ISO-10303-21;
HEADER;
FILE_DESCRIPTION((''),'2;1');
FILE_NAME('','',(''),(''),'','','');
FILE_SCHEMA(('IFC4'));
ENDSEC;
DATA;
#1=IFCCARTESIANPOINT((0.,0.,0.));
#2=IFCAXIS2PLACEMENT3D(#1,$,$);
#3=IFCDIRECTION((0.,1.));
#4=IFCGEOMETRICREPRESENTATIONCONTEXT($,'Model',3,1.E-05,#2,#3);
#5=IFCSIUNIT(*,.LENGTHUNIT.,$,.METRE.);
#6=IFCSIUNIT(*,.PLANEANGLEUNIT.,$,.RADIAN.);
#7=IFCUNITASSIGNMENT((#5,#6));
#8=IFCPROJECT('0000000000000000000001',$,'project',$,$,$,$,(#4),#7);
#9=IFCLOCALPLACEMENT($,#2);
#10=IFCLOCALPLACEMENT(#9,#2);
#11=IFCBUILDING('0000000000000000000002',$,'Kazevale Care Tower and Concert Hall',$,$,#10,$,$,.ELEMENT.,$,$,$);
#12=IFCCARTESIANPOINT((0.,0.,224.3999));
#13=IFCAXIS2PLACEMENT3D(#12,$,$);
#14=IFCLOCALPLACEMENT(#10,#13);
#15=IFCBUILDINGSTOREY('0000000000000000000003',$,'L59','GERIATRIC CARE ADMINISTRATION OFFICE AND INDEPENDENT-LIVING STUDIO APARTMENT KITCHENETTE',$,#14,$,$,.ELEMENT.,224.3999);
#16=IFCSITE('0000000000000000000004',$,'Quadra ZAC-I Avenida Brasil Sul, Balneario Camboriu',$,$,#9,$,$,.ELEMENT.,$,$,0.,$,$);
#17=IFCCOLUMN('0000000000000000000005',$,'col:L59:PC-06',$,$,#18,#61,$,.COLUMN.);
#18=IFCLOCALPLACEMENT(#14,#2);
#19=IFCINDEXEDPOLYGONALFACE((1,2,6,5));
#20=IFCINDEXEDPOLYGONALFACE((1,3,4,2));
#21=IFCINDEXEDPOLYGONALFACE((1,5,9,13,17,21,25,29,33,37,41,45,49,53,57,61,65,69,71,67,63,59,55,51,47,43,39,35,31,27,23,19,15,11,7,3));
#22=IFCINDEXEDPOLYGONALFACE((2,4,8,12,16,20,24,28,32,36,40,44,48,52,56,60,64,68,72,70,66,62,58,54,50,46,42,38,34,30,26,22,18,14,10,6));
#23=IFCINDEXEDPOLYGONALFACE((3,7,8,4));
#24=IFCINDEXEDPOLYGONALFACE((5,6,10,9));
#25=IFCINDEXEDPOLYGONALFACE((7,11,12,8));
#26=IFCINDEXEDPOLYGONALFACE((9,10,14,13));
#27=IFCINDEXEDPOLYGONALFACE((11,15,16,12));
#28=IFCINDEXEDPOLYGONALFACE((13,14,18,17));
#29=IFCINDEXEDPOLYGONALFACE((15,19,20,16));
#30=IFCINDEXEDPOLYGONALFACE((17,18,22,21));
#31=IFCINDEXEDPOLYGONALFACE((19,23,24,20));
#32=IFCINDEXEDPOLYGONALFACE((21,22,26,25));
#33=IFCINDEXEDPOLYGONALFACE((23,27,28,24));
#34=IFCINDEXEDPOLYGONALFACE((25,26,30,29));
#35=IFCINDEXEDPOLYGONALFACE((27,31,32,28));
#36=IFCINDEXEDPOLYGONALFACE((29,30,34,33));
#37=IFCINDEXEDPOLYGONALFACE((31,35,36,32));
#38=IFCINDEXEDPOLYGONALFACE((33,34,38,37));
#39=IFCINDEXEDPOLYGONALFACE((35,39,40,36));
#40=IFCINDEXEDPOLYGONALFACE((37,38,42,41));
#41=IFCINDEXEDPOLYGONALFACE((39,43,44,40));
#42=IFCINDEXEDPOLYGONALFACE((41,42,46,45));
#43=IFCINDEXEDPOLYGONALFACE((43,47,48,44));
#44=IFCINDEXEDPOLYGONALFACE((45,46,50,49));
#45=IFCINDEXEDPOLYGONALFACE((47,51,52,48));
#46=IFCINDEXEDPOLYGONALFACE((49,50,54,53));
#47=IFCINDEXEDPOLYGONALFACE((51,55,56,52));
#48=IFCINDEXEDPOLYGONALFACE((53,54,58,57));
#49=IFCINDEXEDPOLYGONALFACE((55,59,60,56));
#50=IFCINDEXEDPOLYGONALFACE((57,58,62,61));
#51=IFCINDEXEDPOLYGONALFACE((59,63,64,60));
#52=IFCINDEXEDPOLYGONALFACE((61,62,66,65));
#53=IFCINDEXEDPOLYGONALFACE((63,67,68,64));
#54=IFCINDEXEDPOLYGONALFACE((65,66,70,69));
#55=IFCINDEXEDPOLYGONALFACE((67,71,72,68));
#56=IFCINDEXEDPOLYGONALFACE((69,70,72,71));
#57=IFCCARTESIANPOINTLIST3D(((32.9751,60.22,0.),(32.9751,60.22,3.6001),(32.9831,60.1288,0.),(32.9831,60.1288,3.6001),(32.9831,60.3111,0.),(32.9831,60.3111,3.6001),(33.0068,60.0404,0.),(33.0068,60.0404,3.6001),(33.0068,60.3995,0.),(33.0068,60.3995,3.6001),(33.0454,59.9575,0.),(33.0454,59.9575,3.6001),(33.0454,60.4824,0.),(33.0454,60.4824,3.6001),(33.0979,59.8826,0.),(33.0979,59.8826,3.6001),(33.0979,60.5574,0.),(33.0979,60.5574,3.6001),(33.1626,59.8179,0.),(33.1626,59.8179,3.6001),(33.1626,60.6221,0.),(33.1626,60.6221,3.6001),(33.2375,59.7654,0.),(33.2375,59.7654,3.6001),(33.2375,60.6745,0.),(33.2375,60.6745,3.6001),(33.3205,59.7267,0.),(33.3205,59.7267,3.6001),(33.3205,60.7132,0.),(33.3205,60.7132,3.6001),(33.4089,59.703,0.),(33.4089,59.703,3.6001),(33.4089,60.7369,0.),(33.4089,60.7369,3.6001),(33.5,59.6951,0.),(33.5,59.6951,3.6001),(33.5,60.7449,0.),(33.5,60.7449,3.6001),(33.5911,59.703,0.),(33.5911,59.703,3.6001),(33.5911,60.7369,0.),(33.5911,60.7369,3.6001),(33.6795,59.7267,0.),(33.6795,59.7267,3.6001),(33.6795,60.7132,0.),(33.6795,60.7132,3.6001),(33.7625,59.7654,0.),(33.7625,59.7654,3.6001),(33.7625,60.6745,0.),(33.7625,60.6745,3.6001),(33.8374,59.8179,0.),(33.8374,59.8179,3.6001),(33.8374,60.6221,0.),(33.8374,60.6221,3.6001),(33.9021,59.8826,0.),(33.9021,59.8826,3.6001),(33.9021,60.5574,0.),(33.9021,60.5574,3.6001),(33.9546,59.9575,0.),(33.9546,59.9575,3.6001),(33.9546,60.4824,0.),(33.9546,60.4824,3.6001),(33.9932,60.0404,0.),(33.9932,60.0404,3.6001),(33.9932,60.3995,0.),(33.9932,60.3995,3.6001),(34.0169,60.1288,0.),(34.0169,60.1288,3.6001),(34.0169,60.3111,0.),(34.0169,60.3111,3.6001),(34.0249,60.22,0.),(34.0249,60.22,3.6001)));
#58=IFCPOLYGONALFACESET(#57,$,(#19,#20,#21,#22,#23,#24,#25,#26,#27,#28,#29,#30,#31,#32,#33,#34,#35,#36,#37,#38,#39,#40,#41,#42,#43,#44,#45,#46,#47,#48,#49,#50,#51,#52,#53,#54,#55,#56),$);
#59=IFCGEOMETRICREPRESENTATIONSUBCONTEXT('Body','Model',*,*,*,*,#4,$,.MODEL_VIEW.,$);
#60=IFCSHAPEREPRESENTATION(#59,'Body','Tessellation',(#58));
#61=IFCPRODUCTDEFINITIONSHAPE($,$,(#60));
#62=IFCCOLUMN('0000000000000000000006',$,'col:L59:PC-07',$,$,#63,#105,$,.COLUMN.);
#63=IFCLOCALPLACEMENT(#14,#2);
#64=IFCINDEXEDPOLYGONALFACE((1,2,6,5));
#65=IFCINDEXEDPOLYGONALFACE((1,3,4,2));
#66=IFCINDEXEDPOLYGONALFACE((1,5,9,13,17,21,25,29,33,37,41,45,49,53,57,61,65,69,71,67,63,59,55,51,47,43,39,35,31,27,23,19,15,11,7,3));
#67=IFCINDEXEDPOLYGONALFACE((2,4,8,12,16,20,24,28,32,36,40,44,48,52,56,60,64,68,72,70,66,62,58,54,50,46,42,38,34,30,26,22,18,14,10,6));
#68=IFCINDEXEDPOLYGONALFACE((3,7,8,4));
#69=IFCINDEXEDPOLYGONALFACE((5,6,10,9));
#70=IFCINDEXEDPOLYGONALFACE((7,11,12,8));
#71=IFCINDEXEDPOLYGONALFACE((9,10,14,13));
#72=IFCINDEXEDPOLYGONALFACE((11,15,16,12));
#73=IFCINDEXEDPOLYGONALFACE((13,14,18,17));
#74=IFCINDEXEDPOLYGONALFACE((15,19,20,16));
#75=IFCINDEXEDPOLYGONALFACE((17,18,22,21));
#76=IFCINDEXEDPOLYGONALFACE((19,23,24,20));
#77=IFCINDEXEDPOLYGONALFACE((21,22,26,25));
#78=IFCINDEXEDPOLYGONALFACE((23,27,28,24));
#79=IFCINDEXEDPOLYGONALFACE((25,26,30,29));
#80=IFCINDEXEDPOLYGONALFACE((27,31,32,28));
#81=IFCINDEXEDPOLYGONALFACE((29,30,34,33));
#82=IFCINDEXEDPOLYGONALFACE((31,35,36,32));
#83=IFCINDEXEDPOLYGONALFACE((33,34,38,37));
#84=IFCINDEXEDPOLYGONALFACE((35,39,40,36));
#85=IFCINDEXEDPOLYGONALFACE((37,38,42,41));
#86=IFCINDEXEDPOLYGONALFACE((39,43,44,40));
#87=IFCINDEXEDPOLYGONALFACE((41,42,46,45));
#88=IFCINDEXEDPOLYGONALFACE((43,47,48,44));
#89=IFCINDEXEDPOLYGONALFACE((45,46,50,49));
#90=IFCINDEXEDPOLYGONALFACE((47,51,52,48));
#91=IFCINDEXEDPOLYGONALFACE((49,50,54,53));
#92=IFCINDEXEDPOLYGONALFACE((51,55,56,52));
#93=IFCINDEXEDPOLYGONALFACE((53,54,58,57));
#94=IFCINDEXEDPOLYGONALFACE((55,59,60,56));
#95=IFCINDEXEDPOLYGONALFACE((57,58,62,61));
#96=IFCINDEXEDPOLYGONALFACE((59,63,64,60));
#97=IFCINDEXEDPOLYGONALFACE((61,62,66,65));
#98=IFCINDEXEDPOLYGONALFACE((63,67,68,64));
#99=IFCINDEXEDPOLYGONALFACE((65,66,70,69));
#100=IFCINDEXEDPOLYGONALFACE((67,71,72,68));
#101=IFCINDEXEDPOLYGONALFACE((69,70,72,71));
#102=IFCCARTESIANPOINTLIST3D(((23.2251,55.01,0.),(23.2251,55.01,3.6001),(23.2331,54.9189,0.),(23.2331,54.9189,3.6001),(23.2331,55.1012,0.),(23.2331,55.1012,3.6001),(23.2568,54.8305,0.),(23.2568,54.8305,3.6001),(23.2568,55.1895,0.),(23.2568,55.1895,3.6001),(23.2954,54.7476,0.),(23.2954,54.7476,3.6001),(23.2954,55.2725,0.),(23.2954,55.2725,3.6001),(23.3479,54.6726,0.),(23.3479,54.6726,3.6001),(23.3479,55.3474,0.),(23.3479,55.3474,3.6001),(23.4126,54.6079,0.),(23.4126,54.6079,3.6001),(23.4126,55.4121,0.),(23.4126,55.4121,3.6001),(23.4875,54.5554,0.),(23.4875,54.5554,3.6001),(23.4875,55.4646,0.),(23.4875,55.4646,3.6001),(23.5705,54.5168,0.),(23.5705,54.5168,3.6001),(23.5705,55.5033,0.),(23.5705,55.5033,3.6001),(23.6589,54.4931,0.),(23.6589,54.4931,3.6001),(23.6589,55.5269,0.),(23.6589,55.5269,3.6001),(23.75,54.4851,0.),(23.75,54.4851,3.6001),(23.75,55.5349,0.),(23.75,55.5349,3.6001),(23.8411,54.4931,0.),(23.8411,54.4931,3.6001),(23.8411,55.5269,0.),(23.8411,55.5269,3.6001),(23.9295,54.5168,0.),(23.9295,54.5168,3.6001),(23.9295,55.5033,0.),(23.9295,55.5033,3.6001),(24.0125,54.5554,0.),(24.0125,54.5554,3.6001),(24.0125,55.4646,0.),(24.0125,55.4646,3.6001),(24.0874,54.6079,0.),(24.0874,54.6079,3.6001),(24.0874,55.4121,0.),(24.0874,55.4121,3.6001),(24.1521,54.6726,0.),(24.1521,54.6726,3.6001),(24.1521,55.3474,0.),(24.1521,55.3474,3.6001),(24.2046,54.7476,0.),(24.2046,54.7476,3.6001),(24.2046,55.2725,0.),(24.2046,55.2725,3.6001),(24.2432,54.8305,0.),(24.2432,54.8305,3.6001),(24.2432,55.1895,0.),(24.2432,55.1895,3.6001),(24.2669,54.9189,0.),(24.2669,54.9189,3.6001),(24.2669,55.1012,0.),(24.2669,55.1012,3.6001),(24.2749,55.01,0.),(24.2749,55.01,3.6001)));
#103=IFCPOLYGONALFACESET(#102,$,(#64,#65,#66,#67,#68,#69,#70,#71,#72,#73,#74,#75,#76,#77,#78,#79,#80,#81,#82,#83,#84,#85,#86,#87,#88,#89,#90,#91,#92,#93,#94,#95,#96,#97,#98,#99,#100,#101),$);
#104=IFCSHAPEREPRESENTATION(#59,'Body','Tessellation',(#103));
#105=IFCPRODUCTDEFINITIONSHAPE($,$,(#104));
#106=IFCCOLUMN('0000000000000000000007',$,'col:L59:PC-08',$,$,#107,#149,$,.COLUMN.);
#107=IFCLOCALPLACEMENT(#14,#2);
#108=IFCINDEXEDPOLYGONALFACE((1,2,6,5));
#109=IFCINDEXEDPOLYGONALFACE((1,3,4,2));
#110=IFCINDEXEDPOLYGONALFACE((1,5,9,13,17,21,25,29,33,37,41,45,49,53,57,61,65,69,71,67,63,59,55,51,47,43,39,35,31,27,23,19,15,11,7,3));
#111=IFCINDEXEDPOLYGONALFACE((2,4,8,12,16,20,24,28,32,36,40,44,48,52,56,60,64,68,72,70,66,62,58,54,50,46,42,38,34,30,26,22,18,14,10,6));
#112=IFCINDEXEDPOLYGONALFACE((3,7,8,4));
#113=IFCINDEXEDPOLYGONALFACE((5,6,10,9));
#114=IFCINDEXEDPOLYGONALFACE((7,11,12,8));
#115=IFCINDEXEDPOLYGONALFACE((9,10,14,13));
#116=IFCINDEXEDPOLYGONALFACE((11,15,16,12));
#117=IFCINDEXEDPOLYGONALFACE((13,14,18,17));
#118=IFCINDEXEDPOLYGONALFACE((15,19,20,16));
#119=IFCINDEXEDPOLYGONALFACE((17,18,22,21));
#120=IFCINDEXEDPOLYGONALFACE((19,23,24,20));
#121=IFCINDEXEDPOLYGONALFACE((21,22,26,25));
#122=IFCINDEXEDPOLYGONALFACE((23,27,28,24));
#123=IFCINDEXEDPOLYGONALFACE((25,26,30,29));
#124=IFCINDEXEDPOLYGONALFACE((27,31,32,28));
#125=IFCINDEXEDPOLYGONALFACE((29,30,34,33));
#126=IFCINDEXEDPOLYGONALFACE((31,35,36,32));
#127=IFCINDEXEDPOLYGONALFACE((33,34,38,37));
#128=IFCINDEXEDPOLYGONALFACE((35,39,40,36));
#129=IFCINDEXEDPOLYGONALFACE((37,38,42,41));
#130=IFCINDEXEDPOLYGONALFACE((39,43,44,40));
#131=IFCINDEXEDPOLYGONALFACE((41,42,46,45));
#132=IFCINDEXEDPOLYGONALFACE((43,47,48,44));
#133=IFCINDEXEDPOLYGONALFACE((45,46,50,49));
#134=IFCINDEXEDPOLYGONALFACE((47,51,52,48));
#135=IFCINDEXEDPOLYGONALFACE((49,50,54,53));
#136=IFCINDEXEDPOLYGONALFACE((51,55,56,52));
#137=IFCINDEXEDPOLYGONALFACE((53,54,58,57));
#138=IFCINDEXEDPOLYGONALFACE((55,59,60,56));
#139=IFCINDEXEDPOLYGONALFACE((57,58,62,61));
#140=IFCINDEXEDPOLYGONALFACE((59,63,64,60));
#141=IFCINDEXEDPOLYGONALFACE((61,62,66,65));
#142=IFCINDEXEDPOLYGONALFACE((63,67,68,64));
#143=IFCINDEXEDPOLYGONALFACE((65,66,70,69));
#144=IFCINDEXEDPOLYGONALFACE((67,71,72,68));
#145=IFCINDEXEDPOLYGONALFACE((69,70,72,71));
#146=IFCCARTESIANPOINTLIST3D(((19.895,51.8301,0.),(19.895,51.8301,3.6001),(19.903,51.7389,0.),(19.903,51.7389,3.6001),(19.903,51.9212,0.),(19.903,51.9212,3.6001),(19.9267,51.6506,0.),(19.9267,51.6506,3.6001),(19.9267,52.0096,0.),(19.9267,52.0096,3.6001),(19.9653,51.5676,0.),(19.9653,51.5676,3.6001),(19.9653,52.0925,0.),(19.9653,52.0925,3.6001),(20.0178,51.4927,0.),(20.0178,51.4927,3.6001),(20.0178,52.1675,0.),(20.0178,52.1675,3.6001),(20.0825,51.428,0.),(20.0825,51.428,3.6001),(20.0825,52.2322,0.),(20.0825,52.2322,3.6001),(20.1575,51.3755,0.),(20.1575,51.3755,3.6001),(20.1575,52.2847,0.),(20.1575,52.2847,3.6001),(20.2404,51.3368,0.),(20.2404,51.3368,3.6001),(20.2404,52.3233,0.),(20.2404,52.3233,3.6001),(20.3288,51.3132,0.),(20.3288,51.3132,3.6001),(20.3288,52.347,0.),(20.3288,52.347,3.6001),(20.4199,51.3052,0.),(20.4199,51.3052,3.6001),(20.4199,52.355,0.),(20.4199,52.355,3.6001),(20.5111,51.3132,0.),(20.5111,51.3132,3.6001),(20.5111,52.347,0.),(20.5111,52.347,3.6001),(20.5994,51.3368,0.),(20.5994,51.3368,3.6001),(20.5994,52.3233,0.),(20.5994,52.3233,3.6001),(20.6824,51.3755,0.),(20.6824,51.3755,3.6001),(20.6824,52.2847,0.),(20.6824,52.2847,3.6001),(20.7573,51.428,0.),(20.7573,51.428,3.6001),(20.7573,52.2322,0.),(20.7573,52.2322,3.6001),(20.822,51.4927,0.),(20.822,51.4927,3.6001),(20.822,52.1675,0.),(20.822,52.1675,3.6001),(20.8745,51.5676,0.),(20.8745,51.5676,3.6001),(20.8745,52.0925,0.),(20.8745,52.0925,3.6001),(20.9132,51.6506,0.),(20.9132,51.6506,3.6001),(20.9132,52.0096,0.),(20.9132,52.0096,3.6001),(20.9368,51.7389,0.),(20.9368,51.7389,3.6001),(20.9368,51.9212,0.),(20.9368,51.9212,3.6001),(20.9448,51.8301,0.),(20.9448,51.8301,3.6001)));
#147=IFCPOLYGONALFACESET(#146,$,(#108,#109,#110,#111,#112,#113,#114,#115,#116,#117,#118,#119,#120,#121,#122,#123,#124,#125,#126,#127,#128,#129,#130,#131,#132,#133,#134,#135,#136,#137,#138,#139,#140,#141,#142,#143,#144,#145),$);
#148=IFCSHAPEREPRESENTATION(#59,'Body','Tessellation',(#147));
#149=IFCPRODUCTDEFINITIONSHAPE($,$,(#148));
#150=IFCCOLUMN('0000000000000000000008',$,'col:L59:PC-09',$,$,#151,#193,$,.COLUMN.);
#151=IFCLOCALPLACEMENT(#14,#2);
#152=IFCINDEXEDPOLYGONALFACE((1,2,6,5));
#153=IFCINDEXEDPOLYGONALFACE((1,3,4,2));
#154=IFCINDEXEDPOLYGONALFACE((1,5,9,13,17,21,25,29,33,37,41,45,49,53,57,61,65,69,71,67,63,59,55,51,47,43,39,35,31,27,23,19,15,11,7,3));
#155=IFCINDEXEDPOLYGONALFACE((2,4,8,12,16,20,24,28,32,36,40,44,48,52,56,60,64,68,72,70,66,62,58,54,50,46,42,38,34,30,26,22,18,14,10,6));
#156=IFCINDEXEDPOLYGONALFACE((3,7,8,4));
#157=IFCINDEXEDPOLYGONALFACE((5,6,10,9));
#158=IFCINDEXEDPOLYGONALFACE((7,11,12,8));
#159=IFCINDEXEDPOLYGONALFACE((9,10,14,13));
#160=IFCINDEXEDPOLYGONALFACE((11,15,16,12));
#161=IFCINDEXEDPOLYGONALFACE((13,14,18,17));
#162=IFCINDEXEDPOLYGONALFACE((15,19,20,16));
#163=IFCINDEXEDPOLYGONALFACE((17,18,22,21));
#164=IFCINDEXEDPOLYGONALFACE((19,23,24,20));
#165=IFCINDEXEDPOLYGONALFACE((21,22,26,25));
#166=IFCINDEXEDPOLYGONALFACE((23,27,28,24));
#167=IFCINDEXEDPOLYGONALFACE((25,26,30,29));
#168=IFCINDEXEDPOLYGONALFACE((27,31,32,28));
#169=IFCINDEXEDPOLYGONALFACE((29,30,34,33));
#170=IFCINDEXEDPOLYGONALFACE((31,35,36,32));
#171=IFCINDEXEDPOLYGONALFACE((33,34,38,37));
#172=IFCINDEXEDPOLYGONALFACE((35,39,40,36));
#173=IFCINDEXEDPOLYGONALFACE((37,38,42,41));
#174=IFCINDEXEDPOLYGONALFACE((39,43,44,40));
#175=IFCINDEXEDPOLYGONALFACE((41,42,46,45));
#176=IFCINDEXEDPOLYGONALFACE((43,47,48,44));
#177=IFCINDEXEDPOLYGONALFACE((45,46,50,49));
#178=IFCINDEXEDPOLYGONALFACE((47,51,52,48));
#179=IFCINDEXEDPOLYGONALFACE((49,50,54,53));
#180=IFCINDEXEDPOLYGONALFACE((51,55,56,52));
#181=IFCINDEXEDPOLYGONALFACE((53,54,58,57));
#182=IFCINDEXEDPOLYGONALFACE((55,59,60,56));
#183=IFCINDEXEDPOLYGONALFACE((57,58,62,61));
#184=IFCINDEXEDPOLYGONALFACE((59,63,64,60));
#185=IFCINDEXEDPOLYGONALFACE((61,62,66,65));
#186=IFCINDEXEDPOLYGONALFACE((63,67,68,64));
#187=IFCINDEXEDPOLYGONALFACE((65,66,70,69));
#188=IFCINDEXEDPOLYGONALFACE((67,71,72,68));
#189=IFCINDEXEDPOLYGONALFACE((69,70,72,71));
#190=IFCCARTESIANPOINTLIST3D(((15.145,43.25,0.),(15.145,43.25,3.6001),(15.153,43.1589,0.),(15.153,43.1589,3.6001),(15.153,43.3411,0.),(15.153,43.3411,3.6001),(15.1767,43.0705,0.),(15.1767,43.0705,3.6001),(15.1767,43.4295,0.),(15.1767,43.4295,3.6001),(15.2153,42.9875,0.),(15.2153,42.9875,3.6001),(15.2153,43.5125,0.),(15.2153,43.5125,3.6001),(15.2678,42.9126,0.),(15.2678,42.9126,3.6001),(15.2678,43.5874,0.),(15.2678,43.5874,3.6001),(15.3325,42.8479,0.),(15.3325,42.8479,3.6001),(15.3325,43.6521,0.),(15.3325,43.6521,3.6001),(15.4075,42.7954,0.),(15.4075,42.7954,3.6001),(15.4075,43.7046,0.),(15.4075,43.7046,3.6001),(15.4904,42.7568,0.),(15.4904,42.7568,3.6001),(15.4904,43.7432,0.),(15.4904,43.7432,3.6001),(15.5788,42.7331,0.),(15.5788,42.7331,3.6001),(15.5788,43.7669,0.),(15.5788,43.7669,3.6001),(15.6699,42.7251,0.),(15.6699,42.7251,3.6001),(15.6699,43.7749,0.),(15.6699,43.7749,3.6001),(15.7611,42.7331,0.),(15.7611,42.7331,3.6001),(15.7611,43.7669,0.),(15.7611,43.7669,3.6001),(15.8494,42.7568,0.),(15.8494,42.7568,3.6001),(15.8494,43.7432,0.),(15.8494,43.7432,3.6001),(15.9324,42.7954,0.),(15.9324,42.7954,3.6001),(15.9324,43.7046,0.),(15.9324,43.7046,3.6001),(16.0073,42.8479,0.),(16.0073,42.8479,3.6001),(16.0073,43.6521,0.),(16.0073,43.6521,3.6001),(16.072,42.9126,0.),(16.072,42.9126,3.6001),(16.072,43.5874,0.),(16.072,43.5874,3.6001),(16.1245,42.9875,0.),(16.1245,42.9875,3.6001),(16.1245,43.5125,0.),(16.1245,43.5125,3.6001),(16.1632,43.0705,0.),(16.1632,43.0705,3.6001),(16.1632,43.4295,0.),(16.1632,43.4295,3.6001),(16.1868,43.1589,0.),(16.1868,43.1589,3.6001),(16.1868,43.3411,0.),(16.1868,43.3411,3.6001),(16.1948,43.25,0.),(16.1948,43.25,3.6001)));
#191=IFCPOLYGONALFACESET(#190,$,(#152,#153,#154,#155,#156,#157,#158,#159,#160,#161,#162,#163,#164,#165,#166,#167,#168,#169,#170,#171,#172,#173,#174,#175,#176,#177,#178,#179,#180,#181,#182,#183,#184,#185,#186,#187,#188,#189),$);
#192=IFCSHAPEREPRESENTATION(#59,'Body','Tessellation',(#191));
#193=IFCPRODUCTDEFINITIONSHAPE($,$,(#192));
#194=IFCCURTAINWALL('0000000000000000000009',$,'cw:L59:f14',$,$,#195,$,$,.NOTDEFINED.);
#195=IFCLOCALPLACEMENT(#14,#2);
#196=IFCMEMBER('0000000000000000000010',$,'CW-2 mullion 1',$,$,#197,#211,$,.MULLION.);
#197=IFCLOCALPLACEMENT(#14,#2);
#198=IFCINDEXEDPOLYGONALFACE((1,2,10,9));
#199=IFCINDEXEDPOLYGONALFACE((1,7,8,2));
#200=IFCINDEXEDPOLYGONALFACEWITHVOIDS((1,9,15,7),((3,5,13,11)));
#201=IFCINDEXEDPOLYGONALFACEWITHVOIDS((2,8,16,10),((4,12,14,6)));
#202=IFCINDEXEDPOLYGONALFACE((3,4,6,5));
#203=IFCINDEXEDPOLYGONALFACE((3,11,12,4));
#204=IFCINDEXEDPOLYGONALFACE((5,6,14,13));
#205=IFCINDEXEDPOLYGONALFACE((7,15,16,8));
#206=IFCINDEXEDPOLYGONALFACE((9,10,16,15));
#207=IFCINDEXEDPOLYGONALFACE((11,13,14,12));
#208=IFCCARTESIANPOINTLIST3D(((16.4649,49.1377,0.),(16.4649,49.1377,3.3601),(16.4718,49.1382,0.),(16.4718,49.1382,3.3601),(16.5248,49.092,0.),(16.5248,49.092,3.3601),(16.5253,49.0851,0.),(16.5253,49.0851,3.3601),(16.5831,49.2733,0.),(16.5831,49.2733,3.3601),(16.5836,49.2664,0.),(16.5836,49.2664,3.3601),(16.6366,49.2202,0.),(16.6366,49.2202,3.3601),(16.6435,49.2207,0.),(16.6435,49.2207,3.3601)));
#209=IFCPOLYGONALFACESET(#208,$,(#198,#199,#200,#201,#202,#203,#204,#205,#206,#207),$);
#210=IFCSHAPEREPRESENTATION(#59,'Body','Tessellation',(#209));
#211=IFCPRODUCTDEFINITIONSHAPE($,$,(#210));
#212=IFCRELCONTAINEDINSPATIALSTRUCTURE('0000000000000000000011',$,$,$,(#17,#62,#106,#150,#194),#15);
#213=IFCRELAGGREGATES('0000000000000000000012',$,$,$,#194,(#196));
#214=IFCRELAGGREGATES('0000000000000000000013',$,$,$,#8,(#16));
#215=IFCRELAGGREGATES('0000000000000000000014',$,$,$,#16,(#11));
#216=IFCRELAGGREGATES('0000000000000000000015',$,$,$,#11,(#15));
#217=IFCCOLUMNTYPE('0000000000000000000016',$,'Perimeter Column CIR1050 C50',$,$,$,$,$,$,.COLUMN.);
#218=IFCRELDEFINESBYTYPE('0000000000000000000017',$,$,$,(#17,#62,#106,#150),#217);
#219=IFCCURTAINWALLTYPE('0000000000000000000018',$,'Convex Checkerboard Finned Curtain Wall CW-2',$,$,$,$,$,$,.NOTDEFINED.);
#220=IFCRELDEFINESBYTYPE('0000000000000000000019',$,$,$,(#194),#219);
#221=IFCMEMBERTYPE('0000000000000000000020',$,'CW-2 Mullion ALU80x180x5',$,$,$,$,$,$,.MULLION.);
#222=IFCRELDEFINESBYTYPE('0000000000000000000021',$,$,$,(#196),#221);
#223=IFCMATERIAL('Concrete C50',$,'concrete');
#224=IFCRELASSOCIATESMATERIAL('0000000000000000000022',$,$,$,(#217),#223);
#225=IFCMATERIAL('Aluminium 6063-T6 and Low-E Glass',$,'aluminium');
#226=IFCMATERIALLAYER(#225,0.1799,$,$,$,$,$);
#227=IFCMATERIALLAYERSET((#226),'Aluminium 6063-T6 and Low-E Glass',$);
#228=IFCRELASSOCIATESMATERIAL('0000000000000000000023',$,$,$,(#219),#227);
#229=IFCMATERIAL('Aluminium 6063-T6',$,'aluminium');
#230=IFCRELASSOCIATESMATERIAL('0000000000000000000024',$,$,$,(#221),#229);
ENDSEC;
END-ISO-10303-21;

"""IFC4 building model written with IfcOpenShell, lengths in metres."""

from ifc_helpers import new_model, si_unit, direction, frame, origin, origin_2d, place, context, subcontext, project, spatial, hollow_rectangle, circle, extrude, material, layer, layer_set, material_profile, profile_set, type_object, element, aggregate, save


model = new_model("IFC4")

# Units and contexts
model_context = context("Model", 3, precision=1e-05, world=origin(), true_north=direction((0.0, 1.0)))
body_context = subcontext(model_context, "Body", "Model", "MODEL_VIEW")
ifc_project = project(units=[si_unit("LENGTHUNIT", "METRE"), si_unit("PLANEANGLEUNIT", "RADIAN")], contexts=[model_context])

# Site, building, storey
site_placement = place(None, origin())
site = spatial("IfcSite", under=ifc_project, at=site_placement, Name="Quadra ZAC-I Avenida Brasil Sul, Balneario Camboriu", CompositionType="ELEMENT", RefElevation=0.0)
building_placement = place(site_placement, origin())
building = spatial("IfcBuilding", under=site, at=building_placement, Name="Kazevale Care Tower and Concert Hall", CompositionType="ELEMENT")
storey_placement = place(building_placement, frame((0.0, 0.0, 224.3999)))
storey = spatial("IfcBuildingStorey", under=building, at=storey_placement, Name="L59", Description="GERIATRIC CARE ADMINISTRATION OFFICE AND INDEPENDENT-LIVING STUDIO APARTMENT KITCHENETTE", CompositionType="ELEMENT", Elevation=224.3999)

# Columns
ifc_material_1 = material(Name="Concrete C50", Category="concrete")
ifc_material_profile_1 = material_profile(ifc_material_1, circle(Radius=0.5249, at=origin_2d()), Name="RC-CIR1050")
ifc_profile_set_1 = profile_set([ifc_material_profile_1], Name="Concrete C50")
column_type = type_object("IfcColumnType", Name="Perimeter Column CIR1050 C50", PredefinedType="COLUMN", material=ifc_profile_set_1)
for number, where, z_axis, x_axis, name in (
    (1, (33.5, 60.22, 0.0), (0.0, 0.0, 1.0), (1.0, 0.0, 0.0), "col:L59:PC-06"),
    (2, (23.75, 55.01, 0.0), (0.0, 0.0, 1.0), (1.0, 0.0, 0.0), "col:L59:PC-07"),
    (3, (20.4199, 51.8301, 0.0), (0.0, 0.0, 1.0), (1.0, 0.0, 0.0), "col:L59:PC-08"),
    (4, (15.6699, 43.25, 0.0), (0.0, 0.0, 1.0), (1.0, 0.0, 0.0), "col:L59:PC-09"),
):
    element("IfcColumn", number, at=place(storey_placement, frame(where, z_axis=z_axis, x_axis=x_axis)), inside=storey, type_object=column_type, Name=name, PredefinedType="COLUMN", context=body_context, shape_type="SweptSolid", body=[
        extrude(circle(Radius=0.5249, at=origin_2d()), origin(), (0.0, 0.0, 1.0), 3.6001),
    ])

# Curtain wall, member
ifc_material_2 = material(Name="Aluminium 6063-T6 and Low-E Glass", Category="aluminium")
ifc_layer_1 = layer(ifc_material_2, 0.1799)
ifc_layer_set_1 = layer_set([ifc_layer_1], Name="Aluminium 6063-T6 and Low-E Glass")
curtain_wall_type_1 = type_object("IfcCurtainWallType", Name="Convex Checkerboard Finned Curtain Wall CW-2", PredefinedType="NOTDEFINED", material=ifc_layer_set_1)
curtain_wall_1_placement = place(storey_placement, origin())
curtain_wall_1 = element("IfcCurtainWall", 5, at=curtain_wall_1_placement, inside=storey, type_object=curtain_wall_type_1, Name="cw:L59:f14", PredefinedType="NOTDEFINED")
ifc_material_3 = material(Name="Aluminium 6063-T6", Category="aluminium")
ifc_material_profile_2 = material_profile(ifc_material_3, hollow_rectangle(XDim=0.0801, YDim=0.1799, WallThickness=0.0049, at=origin_2d()), Name="ALU80x180x5")
ifc_profile_set_2 = profile_set([ifc_material_profile_2], Name="Aluminium 6063-T6")
member_type_1 = type_object("IfcMemberType", Name="CW-2 Mullion ALU80x180x5", PredefinedType="MULLION", material=ifc_profile_set_2)
member_1_placement = place(storey_placement, frame((16.5542, 49.1792, 0.0), z_axis=(0.0, 0.0, 1.0), x_axis=(-0.753738, 0.657175, 0.0)))
member_1 = element("IfcMember", 6, at=member_1_placement, type_object=member_type_1, Name="CW-2 mullion 1", PredefinedType="MULLION", context=body_context, shape_type="SweptSolid", body=[
    extrude(hollow_rectangle(XDim=0.0801, YDim=0.1799, WallThickness=0.0049, at=origin_2d()), origin(), (0.0, 0.0, 1.0), 3.3601),
])

aggregate(curtain_wall_1, [member_1])

save(model, "model.ifc")
